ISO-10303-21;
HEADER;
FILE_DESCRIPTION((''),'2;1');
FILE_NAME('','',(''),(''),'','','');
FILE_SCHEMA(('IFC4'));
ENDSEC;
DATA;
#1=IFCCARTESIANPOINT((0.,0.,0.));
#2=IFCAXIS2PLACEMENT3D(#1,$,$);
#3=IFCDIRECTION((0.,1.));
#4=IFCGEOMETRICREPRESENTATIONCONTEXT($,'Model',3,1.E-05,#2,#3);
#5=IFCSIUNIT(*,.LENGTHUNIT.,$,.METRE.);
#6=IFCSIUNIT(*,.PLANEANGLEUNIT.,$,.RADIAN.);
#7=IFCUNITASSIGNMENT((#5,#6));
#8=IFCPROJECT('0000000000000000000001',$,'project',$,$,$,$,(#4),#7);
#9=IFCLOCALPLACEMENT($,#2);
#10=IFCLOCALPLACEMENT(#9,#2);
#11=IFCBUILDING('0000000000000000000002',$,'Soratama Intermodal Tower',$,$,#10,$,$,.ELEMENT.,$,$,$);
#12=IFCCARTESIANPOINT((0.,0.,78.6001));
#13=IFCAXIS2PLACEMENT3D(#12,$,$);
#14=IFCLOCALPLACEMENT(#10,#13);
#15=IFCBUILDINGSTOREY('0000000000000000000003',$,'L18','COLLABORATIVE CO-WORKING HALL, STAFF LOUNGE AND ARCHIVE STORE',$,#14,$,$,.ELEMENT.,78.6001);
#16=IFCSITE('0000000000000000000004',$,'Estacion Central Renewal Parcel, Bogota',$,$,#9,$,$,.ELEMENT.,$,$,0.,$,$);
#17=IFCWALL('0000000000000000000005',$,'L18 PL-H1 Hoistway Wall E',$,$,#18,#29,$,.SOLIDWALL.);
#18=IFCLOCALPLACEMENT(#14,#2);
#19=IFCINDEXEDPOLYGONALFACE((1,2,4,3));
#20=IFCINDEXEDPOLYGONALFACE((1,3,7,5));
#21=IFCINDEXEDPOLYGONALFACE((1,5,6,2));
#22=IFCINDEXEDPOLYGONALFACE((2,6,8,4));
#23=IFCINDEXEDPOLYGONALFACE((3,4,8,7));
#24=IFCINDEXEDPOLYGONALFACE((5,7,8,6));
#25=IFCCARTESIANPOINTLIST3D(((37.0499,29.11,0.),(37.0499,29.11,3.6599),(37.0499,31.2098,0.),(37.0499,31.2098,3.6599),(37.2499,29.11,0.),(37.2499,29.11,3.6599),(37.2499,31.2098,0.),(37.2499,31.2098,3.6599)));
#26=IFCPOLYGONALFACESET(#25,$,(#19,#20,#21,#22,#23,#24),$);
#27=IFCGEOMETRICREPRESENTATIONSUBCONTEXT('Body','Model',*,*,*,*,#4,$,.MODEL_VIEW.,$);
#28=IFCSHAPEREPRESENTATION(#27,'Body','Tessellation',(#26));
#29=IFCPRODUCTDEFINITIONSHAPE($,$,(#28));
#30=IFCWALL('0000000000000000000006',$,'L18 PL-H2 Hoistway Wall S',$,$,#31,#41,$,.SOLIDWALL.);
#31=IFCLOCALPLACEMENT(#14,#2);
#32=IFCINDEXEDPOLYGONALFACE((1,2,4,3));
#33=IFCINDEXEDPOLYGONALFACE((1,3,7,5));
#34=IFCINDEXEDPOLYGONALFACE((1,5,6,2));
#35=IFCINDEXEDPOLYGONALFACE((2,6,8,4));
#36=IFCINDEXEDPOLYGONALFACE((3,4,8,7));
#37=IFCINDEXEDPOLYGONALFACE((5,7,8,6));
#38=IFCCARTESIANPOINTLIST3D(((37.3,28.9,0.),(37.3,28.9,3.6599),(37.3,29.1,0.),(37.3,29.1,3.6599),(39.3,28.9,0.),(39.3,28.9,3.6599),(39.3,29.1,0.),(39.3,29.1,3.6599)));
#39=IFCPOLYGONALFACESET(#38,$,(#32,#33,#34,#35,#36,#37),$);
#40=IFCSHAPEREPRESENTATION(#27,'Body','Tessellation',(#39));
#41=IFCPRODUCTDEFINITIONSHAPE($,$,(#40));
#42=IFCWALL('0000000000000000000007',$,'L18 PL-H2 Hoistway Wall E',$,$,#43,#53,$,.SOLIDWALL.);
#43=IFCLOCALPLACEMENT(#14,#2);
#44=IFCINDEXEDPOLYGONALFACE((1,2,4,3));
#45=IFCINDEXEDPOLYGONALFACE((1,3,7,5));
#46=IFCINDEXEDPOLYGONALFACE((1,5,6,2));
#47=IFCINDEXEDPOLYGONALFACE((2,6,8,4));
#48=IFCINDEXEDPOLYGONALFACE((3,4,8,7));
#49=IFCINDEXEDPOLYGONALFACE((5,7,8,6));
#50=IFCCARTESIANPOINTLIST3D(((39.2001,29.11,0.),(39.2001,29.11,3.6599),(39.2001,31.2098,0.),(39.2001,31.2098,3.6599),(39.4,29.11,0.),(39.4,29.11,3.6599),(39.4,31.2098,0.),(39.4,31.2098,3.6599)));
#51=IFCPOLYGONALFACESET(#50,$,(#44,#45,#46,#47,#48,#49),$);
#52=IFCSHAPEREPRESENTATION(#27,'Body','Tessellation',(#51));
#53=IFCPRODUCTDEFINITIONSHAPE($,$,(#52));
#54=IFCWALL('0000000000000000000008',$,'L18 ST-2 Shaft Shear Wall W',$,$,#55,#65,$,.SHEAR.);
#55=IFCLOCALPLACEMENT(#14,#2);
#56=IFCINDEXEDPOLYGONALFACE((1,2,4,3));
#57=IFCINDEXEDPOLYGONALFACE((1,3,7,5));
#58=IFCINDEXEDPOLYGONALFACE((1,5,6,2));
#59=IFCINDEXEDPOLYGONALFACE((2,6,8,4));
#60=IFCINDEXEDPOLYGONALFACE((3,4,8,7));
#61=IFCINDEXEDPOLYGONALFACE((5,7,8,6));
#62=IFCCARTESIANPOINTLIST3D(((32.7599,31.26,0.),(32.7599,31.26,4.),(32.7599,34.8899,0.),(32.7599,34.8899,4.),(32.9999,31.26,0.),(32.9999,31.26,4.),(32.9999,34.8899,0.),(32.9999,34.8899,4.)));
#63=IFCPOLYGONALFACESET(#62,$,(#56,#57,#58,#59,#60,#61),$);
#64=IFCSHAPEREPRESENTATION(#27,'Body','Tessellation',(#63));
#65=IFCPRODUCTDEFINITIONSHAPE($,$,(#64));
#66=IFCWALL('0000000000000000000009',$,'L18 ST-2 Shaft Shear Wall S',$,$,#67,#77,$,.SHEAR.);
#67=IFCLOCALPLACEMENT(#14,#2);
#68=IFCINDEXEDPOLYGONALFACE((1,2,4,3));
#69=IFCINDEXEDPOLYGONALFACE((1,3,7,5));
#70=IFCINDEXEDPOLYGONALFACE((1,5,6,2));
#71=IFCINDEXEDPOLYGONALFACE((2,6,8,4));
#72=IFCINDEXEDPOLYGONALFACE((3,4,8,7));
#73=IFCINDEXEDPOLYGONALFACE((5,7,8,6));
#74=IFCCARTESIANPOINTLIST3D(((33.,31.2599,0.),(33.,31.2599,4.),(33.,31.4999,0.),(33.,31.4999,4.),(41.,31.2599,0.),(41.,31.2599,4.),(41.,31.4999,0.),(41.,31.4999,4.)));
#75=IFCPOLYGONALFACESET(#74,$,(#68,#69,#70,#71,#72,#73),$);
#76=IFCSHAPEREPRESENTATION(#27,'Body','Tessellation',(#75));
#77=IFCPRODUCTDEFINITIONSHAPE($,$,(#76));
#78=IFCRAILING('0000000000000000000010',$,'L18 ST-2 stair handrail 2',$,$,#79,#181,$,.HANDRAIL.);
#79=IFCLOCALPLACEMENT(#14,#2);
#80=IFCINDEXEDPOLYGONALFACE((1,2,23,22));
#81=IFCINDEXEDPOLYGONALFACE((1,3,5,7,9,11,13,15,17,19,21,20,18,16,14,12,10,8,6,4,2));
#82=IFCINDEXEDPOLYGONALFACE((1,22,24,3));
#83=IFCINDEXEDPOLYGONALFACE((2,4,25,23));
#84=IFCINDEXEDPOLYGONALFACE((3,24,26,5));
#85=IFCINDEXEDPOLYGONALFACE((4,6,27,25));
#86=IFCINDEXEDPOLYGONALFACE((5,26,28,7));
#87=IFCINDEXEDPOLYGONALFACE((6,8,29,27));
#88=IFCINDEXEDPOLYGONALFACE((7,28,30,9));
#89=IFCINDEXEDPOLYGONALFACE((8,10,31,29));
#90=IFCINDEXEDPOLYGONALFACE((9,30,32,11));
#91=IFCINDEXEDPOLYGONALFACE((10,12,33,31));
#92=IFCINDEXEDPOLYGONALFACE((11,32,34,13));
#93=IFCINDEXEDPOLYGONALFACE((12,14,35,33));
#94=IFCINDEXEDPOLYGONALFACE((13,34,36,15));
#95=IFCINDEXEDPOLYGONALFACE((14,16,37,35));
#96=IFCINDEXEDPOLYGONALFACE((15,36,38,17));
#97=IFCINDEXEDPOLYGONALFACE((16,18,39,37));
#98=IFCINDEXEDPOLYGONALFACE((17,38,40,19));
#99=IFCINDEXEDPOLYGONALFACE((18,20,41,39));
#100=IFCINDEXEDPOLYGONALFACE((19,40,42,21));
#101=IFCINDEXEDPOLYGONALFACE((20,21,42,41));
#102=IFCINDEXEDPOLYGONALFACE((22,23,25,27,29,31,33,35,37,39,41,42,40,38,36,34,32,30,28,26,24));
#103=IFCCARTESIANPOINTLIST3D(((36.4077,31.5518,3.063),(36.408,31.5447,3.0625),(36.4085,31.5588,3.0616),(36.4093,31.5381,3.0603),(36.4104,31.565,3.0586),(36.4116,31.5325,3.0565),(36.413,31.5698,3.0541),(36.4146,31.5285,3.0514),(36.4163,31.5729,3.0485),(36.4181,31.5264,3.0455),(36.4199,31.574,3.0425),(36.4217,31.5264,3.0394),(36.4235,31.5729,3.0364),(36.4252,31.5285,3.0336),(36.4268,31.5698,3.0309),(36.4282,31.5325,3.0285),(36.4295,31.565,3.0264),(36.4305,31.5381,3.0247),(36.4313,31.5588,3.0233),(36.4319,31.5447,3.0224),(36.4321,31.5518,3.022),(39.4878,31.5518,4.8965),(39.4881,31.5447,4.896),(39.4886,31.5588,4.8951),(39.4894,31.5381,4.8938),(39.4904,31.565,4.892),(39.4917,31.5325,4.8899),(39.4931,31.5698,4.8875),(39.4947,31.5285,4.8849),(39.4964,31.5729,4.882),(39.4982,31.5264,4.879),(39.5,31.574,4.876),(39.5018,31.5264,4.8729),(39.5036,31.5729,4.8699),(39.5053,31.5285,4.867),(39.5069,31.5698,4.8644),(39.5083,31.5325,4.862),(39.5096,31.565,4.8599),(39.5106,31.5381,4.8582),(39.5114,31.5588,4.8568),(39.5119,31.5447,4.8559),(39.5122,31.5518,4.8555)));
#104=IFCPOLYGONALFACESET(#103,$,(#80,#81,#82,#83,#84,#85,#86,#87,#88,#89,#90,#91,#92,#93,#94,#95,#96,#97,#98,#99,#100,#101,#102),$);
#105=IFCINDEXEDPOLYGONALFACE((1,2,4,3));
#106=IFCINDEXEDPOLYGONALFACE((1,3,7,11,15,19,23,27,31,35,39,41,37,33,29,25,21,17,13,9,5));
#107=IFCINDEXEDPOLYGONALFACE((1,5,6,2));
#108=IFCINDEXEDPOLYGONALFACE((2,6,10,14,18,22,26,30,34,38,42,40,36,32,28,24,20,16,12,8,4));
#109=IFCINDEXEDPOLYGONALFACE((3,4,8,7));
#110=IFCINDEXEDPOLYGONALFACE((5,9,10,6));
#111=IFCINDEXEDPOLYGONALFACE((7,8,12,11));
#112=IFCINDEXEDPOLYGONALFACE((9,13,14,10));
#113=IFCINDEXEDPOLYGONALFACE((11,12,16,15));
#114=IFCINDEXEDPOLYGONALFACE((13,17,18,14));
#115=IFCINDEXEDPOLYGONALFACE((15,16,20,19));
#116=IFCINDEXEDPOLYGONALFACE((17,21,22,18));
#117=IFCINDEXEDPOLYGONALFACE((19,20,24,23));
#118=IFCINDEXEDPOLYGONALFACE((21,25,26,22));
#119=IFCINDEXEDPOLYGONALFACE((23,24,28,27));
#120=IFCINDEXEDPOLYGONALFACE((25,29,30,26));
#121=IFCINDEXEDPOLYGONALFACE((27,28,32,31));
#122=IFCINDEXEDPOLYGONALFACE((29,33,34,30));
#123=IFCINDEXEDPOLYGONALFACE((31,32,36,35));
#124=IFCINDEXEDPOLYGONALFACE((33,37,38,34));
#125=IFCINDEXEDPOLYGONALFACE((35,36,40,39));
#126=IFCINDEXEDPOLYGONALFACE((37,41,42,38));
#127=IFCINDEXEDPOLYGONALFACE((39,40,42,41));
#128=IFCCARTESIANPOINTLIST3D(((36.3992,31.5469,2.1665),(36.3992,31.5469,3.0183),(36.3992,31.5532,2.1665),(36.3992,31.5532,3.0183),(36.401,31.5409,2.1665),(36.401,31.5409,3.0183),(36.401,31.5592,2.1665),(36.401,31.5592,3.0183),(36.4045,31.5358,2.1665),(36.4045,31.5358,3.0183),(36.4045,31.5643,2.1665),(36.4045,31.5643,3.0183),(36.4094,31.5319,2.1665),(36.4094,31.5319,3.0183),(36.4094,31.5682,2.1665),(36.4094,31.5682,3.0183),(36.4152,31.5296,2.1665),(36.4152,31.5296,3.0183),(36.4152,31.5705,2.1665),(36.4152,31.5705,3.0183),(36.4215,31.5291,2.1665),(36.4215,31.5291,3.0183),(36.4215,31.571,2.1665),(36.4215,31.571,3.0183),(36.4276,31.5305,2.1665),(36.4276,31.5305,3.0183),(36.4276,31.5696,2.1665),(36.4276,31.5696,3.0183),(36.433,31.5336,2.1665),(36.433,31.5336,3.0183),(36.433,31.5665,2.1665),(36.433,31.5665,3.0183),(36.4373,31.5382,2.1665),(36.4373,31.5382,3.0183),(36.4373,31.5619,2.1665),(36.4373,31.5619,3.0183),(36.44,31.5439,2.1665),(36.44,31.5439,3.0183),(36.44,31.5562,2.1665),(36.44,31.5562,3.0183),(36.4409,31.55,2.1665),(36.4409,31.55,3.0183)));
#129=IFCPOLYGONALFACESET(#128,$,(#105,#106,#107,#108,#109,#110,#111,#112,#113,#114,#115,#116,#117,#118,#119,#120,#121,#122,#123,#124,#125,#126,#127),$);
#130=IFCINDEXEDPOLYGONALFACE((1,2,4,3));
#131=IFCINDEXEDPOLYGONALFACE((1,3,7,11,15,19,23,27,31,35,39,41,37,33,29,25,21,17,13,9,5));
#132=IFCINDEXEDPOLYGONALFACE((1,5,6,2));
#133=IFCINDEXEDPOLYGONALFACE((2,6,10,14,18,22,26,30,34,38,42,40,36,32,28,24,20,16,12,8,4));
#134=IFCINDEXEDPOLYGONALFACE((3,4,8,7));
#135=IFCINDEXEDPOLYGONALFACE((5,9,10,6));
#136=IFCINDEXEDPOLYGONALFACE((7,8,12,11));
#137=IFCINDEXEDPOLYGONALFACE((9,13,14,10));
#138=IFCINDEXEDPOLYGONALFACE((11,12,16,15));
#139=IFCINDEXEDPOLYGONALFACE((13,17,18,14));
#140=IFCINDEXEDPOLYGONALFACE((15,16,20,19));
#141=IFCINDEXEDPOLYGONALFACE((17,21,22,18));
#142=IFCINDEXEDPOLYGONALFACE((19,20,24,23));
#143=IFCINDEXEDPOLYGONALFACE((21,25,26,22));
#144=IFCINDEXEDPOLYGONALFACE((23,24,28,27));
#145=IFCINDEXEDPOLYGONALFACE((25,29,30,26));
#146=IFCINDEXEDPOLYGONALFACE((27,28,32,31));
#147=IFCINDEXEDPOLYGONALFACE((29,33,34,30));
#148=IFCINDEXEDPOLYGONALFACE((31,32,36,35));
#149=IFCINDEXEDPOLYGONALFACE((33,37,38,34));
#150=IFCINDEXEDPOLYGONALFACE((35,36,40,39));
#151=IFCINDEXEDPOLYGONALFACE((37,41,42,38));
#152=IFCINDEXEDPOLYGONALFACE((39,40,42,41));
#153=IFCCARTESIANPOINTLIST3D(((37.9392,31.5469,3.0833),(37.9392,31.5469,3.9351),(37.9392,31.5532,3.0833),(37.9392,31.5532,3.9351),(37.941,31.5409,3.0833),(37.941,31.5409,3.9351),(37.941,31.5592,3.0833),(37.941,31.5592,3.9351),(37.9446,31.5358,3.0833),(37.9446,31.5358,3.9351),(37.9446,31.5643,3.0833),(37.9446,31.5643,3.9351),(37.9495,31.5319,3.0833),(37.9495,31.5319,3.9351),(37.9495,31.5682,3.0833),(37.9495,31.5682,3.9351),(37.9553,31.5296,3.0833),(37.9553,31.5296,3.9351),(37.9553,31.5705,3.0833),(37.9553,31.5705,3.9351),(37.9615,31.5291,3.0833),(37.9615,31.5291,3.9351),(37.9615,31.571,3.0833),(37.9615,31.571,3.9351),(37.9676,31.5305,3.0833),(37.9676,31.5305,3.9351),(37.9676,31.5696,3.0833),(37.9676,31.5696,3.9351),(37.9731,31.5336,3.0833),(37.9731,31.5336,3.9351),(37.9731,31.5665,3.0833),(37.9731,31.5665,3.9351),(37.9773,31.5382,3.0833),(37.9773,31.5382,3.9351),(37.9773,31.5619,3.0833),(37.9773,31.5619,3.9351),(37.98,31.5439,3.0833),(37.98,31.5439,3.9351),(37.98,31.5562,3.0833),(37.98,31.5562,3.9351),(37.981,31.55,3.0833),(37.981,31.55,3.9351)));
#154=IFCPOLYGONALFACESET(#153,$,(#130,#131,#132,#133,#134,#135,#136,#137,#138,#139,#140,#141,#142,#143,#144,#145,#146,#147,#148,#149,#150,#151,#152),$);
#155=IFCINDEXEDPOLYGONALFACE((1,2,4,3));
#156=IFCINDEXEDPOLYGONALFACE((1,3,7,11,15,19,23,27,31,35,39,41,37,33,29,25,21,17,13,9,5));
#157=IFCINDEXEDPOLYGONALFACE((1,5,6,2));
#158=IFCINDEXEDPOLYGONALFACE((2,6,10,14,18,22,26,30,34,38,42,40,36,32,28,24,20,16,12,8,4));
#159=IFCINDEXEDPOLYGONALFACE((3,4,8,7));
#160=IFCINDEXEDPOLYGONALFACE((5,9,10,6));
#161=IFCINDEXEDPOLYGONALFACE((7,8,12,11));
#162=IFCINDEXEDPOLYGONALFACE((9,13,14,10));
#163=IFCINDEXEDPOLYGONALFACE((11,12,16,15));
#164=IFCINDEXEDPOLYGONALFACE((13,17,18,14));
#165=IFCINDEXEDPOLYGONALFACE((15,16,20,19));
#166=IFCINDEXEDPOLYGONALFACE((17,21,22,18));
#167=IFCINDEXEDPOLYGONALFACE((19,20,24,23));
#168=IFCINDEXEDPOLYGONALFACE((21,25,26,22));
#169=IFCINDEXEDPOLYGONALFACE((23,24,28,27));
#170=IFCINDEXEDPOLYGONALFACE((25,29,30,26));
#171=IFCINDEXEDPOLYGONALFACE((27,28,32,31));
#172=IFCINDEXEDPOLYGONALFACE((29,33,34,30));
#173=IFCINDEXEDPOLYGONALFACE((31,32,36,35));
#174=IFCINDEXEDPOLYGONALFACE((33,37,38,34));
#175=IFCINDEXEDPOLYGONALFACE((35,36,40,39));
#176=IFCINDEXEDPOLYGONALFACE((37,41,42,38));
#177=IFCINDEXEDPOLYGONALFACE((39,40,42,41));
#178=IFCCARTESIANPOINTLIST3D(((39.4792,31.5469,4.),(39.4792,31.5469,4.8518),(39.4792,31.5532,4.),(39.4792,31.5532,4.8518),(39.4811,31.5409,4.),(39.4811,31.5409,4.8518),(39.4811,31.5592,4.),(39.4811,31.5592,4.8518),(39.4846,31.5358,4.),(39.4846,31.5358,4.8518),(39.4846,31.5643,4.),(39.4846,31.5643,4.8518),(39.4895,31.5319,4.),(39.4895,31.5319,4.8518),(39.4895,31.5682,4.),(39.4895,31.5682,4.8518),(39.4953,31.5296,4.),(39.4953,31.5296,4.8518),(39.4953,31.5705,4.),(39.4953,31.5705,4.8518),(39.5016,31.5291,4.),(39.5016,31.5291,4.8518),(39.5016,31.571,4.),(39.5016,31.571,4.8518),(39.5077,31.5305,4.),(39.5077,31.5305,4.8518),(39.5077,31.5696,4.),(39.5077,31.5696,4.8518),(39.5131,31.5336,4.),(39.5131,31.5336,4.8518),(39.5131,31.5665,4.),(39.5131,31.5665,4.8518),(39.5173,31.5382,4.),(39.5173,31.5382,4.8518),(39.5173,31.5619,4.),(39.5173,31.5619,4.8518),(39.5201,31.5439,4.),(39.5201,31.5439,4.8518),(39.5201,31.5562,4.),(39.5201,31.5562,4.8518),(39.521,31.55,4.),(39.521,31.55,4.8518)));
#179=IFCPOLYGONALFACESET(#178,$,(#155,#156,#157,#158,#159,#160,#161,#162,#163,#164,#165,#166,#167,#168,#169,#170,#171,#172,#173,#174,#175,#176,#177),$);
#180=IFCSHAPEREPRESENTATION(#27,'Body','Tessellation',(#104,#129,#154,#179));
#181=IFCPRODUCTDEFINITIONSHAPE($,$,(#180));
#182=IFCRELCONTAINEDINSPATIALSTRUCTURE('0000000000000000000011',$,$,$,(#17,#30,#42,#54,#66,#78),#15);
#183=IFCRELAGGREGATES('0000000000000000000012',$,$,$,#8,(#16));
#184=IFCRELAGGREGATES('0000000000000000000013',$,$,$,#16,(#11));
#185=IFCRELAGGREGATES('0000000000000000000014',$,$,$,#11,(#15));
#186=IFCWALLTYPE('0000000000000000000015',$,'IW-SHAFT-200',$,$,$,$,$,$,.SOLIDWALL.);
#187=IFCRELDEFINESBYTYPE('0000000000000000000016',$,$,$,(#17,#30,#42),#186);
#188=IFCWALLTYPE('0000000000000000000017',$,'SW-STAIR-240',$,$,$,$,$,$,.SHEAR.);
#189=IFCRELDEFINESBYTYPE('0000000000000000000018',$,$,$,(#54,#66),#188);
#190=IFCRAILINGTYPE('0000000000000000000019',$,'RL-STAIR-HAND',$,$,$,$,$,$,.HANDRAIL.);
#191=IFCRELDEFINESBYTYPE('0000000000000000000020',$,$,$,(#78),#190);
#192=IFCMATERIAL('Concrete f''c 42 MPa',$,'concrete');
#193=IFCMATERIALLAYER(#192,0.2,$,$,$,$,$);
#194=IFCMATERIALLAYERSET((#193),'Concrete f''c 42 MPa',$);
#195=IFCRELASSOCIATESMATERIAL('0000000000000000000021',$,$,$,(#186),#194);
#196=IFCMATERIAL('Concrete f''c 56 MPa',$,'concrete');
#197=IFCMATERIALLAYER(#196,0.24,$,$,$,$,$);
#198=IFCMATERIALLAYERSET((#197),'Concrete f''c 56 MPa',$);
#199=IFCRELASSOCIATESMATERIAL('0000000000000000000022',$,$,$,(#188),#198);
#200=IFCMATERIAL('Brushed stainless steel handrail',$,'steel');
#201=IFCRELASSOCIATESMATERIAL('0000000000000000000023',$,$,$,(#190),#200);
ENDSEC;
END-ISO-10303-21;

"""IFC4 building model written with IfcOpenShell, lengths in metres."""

from ifc_helpers import new_model, si_unit, direction, frame, frame_2d, origin, origin_2d, place, context, subcontext, project, spatial, rectangle, circle, extrude, material, layer, layer_set, type_object, element, save


model = new_model("IFC4")

# Units and contexts
model_context = context("Model", 3, precision=1e-05, world=origin(), true_north=direction((0.0, 1.0)))
body_context = subcontext(model_context, "Body", "Model", "MODEL_VIEW")
ifc_project = project(units=[si_unit("LENGTHUNIT", "METRE"), si_unit("PLANEANGLEUNIT", "RADIAN")], contexts=[model_context])

# Site, building, storey
site_placement = place(None, origin())
site = spatial("IfcSite", under=ifc_project, at=site_placement, Name="Estacion Central Renewal Parcel, Bogota", CompositionType="ELEMENT", RefElevation=0.0)
building_placement = place(site_placement, origin())
building = spatial("IfcBuilding", under=site, at=building_placement, Name="Soratama Intermodal Tower", CompositionType="ELEMENT")
storey_placement = place(building_placement, frame((0.0, 0.0, 78.6001)))
storey = spatial("IfcBuildingStorey", under=building, at=storey_placement, Name="L18", Description="COLLABORATIVE CO-WORKING HALL, STAFF LOUNGE AND ARCHIVE STORE", CompositionType="ELEMENT", Elevation=78.6001)

# Shared definitions
ifc_material_1 = material(Name="Concrete f'c 42 MPa", Category="concrete")
ifc_layer_1 = layer(ifc_material_1, 0.2)
ifc_layer_set_1 = layer_set([ifc_layer_1], Name="Concrete f'c 42 MPa")
wall_type_1 = type_object("IfcWallType", Name="IW-SHAFT-200", PredefinedType="SOLIDWALL", material=ifc_layer_set_1)

# Walls
wall_1_placement = place(storey_placement, frame((37.1499, 29.1101, 0.0), z_axis=(0.0, 0.0, 1.0), x_axis=(0.0, 1.0, 0.0)))
element("IfcWall", 1, at=wall_1_placement, inside=storey, type_object=wall_type_1, Name="L18 PL-H1 Hoistway Wall E", PredefinedType="SOLIDWALL", context=body_context, shape_type="SweptSolid", body=[
    extrude(rectangle(XDim=2.0999, YDim=0.2, at=frame_2d((1.0498, 0.0))), origin(), (0.0, 0.0, 1.0), 3.6599),
])
wall_2_placement = place(storey_placement, frame((37.3, 29.0, 0.0), z_axis=(0.0, 0.0, 1.0), x_axis=(1.0, 0.0, 0.0)))
element("IfcWall", 2, at=wall_2_placement, inside=storey, type_object=wall_type_1, Name="L18 PL-H2 Hoistway Wall S", PredefinedType="SOLIDWALL", context=body_context, shape_type="SweptSolid", body=[
    extrude(rectangle(XDim=2.0, YDim=0.2, at=frame_2d((1.0, 0.0))), origin(), (0.0, 0.0, 1.0), 3.6599),
])
wall_3_placement = place(storey_placement, frame((39.3, 29.1101, 0.0), z_axis=(0.0, 0.0, 1.0), x_axis=(0.0, 1.0, 0.0)))
element("IfcWall", 3, at=wall_3_placement, inside=storey, type_object=wall_type_1, Name="L18 PL-H2 Hoistway Wall E", PredefinedType="SOLIDWALL", context=body_context, shape_type="SweptSolid", body=[
    extrude(rectangle(XDim=2.0999, YDim=0.2, at=frame_2d((1.0498, 0.0))), origin(), (0.0, 0.0, 1.0), 3.6599),
])
ifc_material_2 = material(Name="Concrete f'c 56 MPa", Category="concrete")
ifc_layer_2 = layer(ifc_material_2, 0.24)
ifc_layer_set_2 = layer_set([ifc_layer_2], Name="Concrete f'c 56 MPa")
wall_type_2 = type_object("IfcWallType", Name="SW-STAIR-240", PredefinedType="SHEAR", material=ifc_layer_set_2)
wall_4_placement = place(storey_placement, frame((32.8799, 31.26, 0.0), z_axis=(0.0, 0.0, 1.0), x_axis=(0.0, 1.0, 0.0)))
element("IfcWall", 4, at=wall_4_placement, inside=storey, type_object=wall_type_2, Name="L18 ST-2 Shaft Shear Wall W", PredefinedType="SHEAR", context=body_context, shape_type="SweptSolid", body=[
    extrude(rectangle(XDim=3.6299, YDim=0.24, at=frame_2d((1.8149, 0.0))), origin(), (0.0, 0.0, 1.0), 4.0),
])
wall_5_placement = place(storey_placement, frame((33.0, 31.3799, 0.0), z_axis=(0.0, 0.0, 1.0), x_axis=(1.0, 0.0, 0.0)))
element("IfcWall", 5, at=wall_5_placement, inside=storey, type_object=wall_type_2, Name="L18 ST-2 Shaft Shear Wall S", PredefinedType="SHEAR", context=body_context, shape_type="SweptSolid", body=[
    extrude(rectangle(XDim=8.0, YDim=0.24, at=frame_2d((4.0, 0.0))), origin(), (0.0, 0.0, 1.0), 4.0),
])

# Railing
ifc_material_3 = material(Name="Brushed stainless steel handrail", Category="steel")
railing_type = type_object("IfcRailingType", Name="RL-STAIR-HAND", PredefinedType="HANDRAIL", material=ifc_material_3)
railing_placement = place(storey_placement, frame((36.4199, 31.55, 2.1665)))
element("IfcRailing", 6, at=railing_placement, inside=storey, type_object=railing_type, Name="L18 ST-2 stair handrail 2", PredefinedType="HANDRAIL", context=body_context, shape_type="SweptSolid", body=[
    extrude(circle(Radius=0.0239, at=origin_2d()), frame((0.0, 0.0, 0.876), z_axis=(0.859279, 0.0, 0.511508), x_axis=(0.0, 1.0, 0.0)), (0.0, 0.0, 1.0), 3.5845),
    extrude(circle(Radius=0.021, at=origin_2d()), origin(), (0.0, 0.0, 1.0), 0.8518),
    extrude(circle(Radius=0.021, at=origin_2d()), frame((1.54, 0.0, 0.9167)), (0.0, 0.0, 1.0), 0.8518),
    extrude(circle(Radius=0.021, at=origin_2d()), frame((3.0801, 0.0, 1.8335)), (0.0, 0.0, 1.0), 0.8518),
])

save(model, "model.ifc")
